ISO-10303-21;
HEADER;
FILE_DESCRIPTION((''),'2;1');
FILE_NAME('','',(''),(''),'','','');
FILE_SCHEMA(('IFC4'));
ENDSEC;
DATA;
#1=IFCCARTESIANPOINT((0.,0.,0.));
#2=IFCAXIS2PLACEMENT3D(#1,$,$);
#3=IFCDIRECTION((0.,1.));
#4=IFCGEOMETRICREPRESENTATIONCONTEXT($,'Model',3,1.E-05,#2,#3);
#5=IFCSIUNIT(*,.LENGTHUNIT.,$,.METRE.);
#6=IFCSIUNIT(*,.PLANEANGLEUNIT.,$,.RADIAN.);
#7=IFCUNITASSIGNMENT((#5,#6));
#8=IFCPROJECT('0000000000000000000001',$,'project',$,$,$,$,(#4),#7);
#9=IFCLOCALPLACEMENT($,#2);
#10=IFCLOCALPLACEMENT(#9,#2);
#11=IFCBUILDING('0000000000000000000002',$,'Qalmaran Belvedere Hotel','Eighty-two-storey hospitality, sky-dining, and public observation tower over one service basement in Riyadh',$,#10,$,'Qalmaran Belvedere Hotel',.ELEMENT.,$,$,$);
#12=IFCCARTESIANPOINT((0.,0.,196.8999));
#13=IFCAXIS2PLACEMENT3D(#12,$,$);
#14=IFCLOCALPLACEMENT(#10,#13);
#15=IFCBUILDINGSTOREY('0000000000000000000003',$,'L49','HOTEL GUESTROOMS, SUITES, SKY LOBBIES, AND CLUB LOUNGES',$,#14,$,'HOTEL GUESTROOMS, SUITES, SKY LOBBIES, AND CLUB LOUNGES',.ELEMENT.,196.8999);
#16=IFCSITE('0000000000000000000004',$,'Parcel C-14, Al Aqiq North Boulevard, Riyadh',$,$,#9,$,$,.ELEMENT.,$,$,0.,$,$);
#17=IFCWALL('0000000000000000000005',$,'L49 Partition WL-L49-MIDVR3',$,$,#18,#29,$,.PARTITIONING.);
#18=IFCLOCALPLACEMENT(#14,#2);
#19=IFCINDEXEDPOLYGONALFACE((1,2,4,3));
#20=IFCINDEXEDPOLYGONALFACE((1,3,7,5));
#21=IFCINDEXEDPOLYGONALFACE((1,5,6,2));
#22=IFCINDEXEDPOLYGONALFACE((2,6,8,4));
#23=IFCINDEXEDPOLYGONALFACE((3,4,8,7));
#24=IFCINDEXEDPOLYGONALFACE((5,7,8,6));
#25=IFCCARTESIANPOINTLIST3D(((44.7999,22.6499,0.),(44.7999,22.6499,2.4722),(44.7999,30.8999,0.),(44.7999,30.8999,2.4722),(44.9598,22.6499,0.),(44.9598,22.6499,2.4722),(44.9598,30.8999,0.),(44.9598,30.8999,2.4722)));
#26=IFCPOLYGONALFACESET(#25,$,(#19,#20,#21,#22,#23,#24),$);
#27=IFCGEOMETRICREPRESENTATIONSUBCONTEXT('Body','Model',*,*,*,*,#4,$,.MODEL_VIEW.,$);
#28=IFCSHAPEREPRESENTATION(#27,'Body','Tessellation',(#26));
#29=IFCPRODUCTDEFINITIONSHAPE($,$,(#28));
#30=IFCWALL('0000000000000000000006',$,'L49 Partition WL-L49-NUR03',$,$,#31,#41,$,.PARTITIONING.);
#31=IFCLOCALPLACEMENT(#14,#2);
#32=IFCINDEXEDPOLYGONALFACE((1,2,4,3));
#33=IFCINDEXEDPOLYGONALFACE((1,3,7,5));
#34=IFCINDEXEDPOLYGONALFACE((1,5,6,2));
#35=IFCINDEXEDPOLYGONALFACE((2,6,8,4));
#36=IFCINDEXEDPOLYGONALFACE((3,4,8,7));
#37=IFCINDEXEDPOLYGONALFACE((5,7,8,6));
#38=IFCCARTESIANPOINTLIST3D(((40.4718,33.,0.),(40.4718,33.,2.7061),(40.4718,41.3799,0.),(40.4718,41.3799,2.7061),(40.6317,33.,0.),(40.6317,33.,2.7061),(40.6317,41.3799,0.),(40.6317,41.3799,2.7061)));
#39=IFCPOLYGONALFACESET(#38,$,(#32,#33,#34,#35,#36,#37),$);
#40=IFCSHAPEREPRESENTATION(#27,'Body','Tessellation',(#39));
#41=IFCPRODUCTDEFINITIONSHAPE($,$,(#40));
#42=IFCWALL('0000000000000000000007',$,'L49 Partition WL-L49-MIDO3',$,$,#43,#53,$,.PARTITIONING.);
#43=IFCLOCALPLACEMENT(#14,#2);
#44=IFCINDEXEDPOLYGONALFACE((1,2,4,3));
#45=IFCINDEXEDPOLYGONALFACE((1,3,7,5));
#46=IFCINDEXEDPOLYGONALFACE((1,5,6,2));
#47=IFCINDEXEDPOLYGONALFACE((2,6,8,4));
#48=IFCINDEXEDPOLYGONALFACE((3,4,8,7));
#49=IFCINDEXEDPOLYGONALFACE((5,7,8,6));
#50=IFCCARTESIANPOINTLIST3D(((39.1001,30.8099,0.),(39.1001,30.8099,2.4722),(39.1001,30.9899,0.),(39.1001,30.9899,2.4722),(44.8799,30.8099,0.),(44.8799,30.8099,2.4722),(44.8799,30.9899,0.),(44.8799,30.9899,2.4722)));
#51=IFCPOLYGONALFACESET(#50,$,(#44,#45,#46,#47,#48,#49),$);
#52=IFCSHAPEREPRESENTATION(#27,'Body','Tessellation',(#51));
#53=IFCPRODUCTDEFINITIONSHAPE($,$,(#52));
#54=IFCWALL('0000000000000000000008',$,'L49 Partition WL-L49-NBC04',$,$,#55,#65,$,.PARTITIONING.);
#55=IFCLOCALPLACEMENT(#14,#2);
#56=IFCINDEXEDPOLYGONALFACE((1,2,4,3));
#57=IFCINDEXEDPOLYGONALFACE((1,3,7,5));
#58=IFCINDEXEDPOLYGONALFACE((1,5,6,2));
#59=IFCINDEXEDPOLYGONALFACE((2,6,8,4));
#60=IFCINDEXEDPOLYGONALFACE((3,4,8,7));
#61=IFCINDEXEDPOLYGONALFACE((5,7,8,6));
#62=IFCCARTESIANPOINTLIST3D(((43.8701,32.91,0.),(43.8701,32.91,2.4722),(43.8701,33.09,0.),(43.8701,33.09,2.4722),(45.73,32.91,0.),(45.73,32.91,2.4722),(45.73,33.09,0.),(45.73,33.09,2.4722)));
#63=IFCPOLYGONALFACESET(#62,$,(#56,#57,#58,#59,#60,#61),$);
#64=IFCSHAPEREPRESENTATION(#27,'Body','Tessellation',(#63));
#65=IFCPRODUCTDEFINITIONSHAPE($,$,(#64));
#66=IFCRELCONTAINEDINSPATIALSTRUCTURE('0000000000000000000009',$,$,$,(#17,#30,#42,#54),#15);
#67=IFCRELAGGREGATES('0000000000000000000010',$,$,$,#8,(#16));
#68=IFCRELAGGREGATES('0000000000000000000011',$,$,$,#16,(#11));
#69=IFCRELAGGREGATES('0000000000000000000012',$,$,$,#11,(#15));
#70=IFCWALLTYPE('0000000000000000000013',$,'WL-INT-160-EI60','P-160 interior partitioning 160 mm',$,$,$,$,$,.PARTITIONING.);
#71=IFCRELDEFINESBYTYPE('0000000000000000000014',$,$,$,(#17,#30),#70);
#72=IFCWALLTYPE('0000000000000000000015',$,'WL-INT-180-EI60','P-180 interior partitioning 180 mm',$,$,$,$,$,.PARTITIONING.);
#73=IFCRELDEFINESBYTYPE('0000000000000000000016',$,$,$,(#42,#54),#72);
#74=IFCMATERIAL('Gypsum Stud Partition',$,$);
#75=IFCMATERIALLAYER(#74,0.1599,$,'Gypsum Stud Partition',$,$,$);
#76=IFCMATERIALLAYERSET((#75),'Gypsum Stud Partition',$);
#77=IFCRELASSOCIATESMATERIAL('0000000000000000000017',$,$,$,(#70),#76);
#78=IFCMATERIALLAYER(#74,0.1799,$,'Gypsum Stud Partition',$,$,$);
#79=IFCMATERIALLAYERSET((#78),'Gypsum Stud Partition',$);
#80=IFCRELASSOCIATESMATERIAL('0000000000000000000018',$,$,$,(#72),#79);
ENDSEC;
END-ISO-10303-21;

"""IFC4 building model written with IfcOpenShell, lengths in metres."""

from ifc_helpers import new_model, si_unit, direction, frame, frame_2d, origin, place, context, subcontext, project, spatial, rectangle, extrude, material, layer, layer_set, type_object, element, save


model = new_model("IFC4")

# Units and contexts
model_context = context("Model", 3, precision=1e-05, world=origin(), true_north=direction((0.0, 1.0)))
body_context = subcontext(model_context, "Body", "Model", "MODEL_VIEW")
ifc_project = project(units=[si_unit("LENGTHUNIT", "METRE"), si_unit("PLANEANGLEUNIT", "RADIAN")], contexts=[model_context])

# Site, building, storey
site_placement = place(None, origin())
site = spatial("IfcSite", under=ifc_project, at=site_placement, Name="Parcel C-14, Al Aqiq North Boulevard, Riyadh", CompositionType="ELEMENT", RefElevation=0.0)
building_placement = place(site_placement, origin())
building = spatial("IfcBuilding", under=site, at=building_placement, Name="Qalmaran Belvedere Hotel", Description="Eighty-two-storey hospitality, sky-dining, and public observation tower over one service basement in Riyadh", LongName="Qalmaran Belvedere Hotel", CompositionType="ELEMENT")
storey_placement = place(building_placement, frame((0.0, 0.0, 196.8999)))
storey = spatial("IfcBuildingStorey", under=building, at=storey_placement, Name="L49", Description="HOTEL GUESTROOMS, SUITES, SKY LOBBIES, AND CLUB LOUNGES", LongName="HOTEL GUESTROOMS, SUITES, SKY LOBBIES, AND CLUB LOUNGES", CompositionType="ELEMENT", Elevation=196.8999)

# Shared definitions
ifc_material_1 = material(Name="Gypsum Stud Partition")
ifc_layer_1 = layer(ifc_material_1, 0.1599, Name="Gypsum Stud Partition")
ifc_layer_set_1 = layer_set([ifc_layer_1], Name="Gypsum Stud Partition")
wall_type_1 = type_object("IfcWallType", Name="WL-INT-160-EI60", Description="P-160 interior partitioning 160 mm", PredefinedType="PARTITIONING", material=ifc_layer_set_1)

# Walls
wall_1_placement = place(storey_placement, frame((44.8799, 22.6499, 0.0), z_axis=(0.0, 0.0, 1.0), x_axis=(0.0, 1.0, 0.0)))
element("IfcWall", 1, at=wall_1_placement, inside=storey, type_object=wall_type_1, Name="L49 Partition WL-L49-MIDVR3", PredefinedType="PARTITIONING", context=body_context, shape_type="SweptSolid", body=[
    extrude(rectangle(XDim=8.25, YDim=0.1599, at=frame_2d((4.125, 0.0))), origin(), (0.0, 0.0, 1.0), 2.4722),
])
wall_2_placement = place(storey_placement, frame((40.5518, 33.0, 0.0), z_axis=(0.0, 0.0, 1.0), x_axis=(0.0, 1.0, 0.0)))
element("IfcWall", 2, at=wall_2_placement, inside=storey, type_object=wall_type_1, Name="L49 Partition WL-L49-NUR03", PredefinedType="PARTITIONING", context=body_context, shape_type="SweptSolid", body=[
    extrude(rectangle(XDim=8.3799, YDim=0.1599, at=frame_2d((4.1899, 0.0))), origin(), (0.0, 0.0, 1.0), 2.7061),
])

# Shared definitions
ifc_layer_2 = layer(ifc_material_1, 0.1799, Name="Gypsum Stud Partition")
ifc_layer_set_2 = layer_set([ifc_layer_2], Name="Gypsum Stud Partition")
wall_type_2 = type_object("IfcWallType", Name="WL-INT-180-EI60", Description="P-180 interior partitioning 180 mm", PredefinedType="PARTITIONING", material=ifc_layer_set_2)

# Walls
wall_3_placement = place(storey_placement, frame((39.1001, 30.8999, 0.0), z_axis=(0.0, 0.0, 1.0), x_axis=(1.0, 0.0, 0.0)))
element("IfcWall", 3, at=wall_3_placement, inside=storey, type_object=wall_type_2, Name="L49 Partition WL-L49-MIDO3", PredefinedType="PARTITIONING", context=body_context, shape_type="SweptSolid", body=[
    extrude(rectangle(XDim=5.7798, YDim=0.1799, at=frame_2d((2.8899, 0.0))), origin(), (0.0, 0.0, 1.0), 2.4722),
])
wall_4_placement = place(storey_placement, frame((43.8701, 33.0, 0.0), z_axis=(0.0, 0.0, 1.0), x_axis=(1.0, 0.0, 0.0)))
element("IfcWall", 4, at=wall_4_placement, inside=storey, type_object=wall_type_2, Name="L49 Partition WL-L49-NBC04", PredefinedType="PARTITIONING", context=body_context, shape_type="SweptSolid", body=[
    extrude(rectangle(XDim=1.8599, YDim=0.1799, at=frame_2d((0.9299, 0.0))), origin(), (0.0, 0.0, 1.0), 2.4722),
])

save(model, "model.ifc")
